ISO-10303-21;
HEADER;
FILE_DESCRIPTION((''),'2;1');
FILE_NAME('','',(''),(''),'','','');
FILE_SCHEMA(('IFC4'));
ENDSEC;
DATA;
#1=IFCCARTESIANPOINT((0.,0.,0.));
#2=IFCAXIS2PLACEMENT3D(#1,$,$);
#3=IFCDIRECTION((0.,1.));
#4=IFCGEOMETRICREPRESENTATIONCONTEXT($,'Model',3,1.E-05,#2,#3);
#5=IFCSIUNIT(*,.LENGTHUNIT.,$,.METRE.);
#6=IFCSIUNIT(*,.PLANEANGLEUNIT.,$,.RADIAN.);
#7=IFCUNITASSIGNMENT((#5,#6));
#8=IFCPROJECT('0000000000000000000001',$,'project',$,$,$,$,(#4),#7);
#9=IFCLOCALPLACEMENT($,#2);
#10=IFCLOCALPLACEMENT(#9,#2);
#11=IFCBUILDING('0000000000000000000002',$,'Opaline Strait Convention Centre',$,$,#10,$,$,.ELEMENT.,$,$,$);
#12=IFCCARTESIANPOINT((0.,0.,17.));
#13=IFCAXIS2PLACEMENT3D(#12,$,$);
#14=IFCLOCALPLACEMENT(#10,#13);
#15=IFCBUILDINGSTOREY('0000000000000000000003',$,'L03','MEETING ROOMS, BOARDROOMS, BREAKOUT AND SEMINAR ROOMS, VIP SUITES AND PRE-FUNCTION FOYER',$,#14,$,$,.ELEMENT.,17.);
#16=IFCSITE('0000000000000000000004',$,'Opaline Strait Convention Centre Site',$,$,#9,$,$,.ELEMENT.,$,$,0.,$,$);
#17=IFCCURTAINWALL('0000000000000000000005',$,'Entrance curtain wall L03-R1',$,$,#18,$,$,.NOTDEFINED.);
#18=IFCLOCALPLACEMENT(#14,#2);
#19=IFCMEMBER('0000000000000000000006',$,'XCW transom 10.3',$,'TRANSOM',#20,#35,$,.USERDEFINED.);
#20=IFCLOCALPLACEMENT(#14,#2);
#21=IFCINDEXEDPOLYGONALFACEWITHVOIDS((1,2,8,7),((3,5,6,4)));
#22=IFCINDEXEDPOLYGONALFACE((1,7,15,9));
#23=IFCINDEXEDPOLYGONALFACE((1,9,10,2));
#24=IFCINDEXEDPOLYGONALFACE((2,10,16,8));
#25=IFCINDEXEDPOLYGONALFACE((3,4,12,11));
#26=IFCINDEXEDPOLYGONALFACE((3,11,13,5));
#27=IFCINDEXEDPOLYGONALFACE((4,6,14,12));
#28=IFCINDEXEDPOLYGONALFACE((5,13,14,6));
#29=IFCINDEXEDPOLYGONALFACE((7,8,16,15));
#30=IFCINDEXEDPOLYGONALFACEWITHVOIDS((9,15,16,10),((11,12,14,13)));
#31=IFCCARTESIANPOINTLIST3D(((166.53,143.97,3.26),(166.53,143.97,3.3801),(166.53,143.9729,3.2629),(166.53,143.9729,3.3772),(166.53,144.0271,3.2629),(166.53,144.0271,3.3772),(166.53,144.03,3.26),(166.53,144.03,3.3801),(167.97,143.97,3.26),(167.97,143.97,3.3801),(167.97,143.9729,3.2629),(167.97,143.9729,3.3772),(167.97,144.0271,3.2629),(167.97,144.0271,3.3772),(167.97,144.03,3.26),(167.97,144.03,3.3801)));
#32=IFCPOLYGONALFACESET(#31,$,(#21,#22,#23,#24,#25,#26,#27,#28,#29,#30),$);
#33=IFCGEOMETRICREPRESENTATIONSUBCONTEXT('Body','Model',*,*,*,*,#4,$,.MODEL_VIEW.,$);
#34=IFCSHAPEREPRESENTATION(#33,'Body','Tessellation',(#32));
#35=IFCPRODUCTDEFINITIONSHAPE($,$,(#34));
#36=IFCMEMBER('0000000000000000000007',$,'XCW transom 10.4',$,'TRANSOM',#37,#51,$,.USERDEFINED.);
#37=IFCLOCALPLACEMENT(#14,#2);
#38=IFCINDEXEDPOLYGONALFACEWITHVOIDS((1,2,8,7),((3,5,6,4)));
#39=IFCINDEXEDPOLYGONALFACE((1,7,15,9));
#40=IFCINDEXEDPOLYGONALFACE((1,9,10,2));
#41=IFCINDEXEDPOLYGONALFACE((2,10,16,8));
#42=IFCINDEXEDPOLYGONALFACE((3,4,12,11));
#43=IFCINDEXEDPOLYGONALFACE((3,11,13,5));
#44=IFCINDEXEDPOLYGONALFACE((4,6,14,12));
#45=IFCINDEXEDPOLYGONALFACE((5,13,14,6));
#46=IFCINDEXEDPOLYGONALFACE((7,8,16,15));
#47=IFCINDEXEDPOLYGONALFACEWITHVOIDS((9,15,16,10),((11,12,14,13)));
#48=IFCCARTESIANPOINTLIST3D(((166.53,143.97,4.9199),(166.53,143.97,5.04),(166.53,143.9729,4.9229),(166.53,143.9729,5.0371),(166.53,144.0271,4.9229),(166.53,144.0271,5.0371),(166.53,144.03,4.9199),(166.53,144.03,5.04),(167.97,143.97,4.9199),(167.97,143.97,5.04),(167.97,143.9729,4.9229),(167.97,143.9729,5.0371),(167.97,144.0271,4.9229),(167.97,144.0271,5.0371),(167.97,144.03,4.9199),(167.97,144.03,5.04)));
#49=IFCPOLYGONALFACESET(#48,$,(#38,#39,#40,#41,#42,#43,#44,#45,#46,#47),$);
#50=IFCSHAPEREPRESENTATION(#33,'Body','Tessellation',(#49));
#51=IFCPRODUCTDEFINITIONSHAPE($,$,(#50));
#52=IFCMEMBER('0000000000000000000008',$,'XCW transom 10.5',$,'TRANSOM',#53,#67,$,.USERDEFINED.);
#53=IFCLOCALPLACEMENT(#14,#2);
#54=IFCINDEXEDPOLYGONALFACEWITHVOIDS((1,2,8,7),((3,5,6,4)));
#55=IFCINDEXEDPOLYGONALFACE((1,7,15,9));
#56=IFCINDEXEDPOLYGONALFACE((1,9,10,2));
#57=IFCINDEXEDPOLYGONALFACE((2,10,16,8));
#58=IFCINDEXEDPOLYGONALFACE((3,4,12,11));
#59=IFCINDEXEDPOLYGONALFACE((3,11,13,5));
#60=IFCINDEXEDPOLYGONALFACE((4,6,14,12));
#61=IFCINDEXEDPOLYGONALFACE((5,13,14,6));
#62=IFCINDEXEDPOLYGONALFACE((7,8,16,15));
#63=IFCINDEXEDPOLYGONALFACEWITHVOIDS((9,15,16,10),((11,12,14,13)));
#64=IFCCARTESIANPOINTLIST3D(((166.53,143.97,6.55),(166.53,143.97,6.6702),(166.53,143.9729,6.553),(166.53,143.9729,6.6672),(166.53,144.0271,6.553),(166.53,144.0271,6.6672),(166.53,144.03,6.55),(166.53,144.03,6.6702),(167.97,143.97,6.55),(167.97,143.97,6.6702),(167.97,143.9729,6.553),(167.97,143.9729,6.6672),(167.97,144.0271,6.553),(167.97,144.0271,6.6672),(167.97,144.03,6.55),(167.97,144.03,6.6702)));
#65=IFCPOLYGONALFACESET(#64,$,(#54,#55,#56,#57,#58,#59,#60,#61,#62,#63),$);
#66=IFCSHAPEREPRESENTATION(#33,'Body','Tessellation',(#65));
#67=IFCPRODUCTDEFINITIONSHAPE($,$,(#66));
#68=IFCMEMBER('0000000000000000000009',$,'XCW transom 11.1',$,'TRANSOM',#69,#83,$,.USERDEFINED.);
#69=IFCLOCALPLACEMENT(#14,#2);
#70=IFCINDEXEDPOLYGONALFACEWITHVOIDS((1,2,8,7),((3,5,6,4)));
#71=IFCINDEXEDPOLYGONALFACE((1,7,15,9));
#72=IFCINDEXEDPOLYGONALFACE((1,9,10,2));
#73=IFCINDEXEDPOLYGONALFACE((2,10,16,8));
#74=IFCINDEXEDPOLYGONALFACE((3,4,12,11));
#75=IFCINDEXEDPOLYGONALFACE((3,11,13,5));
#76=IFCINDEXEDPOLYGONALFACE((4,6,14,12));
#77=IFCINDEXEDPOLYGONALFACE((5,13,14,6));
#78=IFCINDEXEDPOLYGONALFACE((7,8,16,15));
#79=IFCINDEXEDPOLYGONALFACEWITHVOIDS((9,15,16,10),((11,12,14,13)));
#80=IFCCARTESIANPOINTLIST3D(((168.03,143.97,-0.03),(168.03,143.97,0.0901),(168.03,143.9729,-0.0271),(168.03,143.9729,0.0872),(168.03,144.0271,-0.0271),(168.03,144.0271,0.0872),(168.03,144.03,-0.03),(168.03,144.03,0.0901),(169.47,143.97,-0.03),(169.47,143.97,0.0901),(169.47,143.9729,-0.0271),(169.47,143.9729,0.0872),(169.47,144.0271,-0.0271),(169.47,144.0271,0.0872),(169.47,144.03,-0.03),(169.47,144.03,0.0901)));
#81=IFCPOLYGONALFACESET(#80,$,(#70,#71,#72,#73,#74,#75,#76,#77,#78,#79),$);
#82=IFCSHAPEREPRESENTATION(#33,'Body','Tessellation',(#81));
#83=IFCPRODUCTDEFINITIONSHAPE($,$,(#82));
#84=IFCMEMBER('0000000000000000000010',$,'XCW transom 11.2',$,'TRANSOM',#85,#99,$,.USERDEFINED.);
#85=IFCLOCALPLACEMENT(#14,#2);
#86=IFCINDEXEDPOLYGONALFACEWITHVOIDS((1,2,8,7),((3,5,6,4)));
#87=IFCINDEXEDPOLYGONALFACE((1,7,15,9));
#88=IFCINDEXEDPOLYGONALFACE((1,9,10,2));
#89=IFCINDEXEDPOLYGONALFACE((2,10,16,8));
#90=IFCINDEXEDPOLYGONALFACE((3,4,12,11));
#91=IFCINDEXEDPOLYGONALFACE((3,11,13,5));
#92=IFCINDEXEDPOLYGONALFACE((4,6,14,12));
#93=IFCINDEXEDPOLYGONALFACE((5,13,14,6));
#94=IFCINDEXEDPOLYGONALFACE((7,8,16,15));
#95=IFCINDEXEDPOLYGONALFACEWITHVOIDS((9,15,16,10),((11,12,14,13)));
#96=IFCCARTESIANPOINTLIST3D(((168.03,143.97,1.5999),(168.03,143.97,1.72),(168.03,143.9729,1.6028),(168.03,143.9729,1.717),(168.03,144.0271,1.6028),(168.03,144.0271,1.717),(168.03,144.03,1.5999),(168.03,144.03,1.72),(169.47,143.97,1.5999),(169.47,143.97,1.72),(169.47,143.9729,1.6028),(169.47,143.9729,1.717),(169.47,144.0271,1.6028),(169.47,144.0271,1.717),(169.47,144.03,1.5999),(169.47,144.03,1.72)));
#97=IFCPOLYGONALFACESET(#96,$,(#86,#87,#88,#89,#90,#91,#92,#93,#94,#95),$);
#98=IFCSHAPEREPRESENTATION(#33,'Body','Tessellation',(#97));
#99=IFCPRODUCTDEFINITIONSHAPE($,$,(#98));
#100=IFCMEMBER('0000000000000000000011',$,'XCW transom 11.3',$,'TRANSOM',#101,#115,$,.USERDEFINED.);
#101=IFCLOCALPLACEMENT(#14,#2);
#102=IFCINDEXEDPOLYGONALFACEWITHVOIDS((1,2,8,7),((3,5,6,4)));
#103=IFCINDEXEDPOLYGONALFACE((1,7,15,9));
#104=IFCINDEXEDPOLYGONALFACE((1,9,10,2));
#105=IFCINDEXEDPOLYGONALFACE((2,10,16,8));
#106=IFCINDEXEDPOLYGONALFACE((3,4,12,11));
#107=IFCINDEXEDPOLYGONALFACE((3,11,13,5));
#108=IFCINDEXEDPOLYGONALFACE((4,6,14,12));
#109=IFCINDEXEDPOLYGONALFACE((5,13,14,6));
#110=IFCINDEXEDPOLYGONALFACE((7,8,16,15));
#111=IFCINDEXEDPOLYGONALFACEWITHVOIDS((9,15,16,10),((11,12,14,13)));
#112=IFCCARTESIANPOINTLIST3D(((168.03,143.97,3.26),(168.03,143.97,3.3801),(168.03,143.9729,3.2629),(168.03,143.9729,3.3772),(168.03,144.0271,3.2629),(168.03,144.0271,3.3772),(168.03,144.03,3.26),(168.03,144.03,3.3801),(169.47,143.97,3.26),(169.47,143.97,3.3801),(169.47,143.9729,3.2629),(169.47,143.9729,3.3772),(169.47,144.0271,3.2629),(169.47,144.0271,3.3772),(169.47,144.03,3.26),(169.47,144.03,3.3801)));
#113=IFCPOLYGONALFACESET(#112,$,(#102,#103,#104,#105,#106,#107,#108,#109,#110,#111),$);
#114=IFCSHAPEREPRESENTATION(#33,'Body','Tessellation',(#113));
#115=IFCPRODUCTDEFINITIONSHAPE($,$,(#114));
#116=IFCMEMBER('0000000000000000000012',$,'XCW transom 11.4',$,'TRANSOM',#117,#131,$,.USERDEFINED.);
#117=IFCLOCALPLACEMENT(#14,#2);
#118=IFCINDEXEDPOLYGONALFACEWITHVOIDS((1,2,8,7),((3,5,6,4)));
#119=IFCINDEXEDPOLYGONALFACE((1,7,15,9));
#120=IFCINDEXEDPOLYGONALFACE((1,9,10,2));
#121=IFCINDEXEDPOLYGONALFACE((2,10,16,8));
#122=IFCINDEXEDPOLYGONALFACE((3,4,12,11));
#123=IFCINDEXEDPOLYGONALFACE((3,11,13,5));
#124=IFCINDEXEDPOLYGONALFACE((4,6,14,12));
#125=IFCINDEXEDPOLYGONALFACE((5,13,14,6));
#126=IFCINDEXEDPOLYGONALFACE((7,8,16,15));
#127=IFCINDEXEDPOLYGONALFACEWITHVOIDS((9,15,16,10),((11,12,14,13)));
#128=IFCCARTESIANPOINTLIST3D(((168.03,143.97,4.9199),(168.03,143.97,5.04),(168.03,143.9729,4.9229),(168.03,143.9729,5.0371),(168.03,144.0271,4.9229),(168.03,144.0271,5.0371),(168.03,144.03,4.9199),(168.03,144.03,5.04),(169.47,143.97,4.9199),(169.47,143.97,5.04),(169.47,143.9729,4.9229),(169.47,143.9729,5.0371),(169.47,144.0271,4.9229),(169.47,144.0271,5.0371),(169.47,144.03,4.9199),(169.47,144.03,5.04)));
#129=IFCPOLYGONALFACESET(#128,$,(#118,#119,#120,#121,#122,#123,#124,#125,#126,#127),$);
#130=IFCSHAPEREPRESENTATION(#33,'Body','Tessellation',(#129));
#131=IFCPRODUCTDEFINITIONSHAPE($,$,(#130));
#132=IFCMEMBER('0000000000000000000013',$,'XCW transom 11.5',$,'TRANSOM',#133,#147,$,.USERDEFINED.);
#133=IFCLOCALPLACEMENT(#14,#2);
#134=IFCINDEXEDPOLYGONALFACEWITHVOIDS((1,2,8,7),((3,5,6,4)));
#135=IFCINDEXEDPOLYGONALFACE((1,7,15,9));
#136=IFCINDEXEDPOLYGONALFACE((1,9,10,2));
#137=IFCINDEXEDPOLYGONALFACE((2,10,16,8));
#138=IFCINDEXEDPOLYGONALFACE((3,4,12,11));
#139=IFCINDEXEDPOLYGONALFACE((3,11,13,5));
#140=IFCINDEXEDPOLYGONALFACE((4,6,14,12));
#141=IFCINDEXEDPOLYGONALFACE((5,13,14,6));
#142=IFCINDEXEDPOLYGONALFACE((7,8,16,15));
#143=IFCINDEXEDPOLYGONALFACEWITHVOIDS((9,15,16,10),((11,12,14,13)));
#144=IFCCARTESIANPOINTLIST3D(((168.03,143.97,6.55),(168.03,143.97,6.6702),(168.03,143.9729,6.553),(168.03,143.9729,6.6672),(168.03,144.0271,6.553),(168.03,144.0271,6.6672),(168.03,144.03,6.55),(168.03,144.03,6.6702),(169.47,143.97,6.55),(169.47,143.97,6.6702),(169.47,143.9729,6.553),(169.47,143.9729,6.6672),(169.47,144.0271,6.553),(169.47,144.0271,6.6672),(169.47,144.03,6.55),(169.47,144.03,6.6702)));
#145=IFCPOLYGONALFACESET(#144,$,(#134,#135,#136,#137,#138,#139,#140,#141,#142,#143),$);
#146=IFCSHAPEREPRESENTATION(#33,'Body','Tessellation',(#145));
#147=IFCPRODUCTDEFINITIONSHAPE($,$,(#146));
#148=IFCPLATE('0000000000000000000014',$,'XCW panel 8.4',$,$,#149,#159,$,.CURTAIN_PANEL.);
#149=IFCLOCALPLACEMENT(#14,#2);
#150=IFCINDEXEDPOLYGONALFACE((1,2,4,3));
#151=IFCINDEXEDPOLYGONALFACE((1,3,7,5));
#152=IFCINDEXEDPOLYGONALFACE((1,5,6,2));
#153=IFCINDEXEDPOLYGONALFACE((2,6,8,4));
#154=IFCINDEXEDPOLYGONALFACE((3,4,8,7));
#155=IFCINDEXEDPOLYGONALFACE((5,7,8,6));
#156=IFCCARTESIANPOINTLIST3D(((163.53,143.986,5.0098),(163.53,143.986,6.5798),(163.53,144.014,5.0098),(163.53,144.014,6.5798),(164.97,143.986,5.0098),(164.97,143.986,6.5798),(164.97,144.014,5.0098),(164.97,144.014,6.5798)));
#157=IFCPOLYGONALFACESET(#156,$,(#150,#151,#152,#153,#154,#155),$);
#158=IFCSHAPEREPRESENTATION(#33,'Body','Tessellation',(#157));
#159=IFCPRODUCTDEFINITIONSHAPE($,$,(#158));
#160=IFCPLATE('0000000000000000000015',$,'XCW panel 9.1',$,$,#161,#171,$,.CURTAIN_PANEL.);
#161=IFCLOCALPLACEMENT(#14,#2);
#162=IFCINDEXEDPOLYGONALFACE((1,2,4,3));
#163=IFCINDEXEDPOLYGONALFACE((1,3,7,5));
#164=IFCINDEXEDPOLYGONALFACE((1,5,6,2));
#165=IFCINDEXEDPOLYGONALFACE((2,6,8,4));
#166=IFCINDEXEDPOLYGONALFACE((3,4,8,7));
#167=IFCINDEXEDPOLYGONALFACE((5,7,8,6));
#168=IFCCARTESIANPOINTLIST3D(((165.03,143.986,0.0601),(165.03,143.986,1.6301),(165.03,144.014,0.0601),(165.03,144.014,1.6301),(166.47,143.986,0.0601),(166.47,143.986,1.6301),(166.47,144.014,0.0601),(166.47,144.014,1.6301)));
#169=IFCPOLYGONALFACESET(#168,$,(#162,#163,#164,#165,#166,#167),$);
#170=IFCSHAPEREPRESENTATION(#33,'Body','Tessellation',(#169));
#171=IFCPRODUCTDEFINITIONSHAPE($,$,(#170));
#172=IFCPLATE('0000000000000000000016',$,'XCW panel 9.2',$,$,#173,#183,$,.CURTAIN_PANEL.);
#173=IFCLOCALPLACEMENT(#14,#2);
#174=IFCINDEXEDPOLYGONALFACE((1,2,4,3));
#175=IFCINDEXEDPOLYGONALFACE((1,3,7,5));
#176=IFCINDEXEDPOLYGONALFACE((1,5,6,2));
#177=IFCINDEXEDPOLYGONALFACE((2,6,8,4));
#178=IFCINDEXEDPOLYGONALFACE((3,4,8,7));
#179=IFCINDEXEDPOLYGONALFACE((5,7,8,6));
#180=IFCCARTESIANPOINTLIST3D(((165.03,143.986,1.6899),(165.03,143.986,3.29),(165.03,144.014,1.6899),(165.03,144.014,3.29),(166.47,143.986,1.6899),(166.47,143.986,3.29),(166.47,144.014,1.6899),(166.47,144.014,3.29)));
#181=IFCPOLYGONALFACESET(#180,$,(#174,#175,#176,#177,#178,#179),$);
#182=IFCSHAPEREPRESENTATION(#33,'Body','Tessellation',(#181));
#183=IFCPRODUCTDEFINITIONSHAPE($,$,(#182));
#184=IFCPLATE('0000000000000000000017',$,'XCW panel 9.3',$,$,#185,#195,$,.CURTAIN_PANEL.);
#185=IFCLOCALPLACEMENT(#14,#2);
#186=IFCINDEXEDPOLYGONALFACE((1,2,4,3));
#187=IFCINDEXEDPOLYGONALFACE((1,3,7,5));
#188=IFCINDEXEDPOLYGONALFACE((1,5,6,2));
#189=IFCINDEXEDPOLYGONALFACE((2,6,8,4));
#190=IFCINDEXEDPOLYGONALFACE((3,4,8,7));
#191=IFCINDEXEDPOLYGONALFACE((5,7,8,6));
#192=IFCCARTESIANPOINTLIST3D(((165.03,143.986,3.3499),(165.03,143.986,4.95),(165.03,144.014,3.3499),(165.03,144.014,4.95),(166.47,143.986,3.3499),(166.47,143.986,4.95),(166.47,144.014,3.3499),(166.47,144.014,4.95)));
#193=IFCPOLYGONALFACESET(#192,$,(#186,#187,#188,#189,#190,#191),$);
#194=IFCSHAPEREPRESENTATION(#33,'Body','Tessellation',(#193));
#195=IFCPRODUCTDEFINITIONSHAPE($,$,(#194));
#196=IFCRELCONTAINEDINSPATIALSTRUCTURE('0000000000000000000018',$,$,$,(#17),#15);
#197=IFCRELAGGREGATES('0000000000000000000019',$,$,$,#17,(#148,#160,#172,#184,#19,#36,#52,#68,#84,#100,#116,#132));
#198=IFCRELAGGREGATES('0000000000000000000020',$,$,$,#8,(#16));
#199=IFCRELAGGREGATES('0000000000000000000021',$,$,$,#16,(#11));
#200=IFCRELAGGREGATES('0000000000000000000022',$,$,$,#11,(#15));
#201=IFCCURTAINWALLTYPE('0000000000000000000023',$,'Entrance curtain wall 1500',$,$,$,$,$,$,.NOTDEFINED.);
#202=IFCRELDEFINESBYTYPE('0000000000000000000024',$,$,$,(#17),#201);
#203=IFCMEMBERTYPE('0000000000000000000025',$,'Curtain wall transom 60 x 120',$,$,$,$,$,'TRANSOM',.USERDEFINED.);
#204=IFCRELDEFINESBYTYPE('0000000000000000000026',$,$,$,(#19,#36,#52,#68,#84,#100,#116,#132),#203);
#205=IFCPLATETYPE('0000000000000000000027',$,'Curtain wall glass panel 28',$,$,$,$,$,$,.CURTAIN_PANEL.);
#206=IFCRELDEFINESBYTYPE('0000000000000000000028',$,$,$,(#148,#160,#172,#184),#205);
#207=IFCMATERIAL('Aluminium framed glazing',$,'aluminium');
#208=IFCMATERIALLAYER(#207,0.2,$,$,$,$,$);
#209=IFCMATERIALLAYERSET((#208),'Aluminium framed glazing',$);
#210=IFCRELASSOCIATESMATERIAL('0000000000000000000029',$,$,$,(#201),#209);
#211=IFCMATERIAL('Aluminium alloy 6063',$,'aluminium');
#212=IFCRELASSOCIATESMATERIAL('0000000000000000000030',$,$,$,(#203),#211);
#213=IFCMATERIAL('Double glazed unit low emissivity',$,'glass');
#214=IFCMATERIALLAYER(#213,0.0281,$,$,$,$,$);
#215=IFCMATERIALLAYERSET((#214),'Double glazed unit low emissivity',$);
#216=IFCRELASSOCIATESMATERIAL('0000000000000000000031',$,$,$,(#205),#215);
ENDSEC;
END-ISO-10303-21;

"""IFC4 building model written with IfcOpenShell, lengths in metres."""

from ifc_helpers import new_model, si_unit, direction, frame, origin, origin_2d, place, context, subcontext, project, spatial, rectangle, hollow_rectangle, extrude, material, layer, layer_set, material_profile, profile_set, type_object, element, aggregate, save


model = new_model("IFC4")

# Units and contexts
model_context = context("Model", 3, precision=1e-05, world=origin(), true_north=direction((0.0, 1.0)))
body_context = subcontext(model_context, "Body", "Model", "MODEL_VIEW")
ifc_project = project(units=[si_unit("LENGTHUNIT", "METRE"), si_unit("PLANEANGLEUNIT", "RADIAN")], contexts=[model_context])

# Site, building, storey
site_placement = place(None, origin())
site = spatial("IfcSite", under=ifc_project, at=site_placement, Name="Opaline Strait Convention Centre Site", CompositionType="ELEMENT", RefElevation=0.0)
building_placement = place(site_placement, origin())
building = spatial("IfcBuilding", under=site, at=building_placement, Name="Opaline Strait Convention Centre", CompositionType="ELEMENT")
storey_placement = place(building_placement, frame((0.0, 0.0, 17.0)))
storey = spatial("IfcBuildingStorey", under=building, at=storey_placement, Name="L03", Description="MEETING ROOMS, BOARDROOMS, BREAKOUT AND SEMINAR ROOMS, VIP SUITES AND PRE-FUNCTION FOYER", CompositionType="ELEMENT", Elevation=17.0)

# Curtain wall, members, plates
ifc_material_1 = material(Name="Aluminium framed glazing", Category="aluminium")
ifc_layer_1 = layer(ifc_material_1, 0.2)
ifc_layer_set_1 = layer_set([ifc_layer_1], Name="Aluminium framed glazing")
curtain_wall_type = type_object("IfcCurtainWallType", Name="Entrance curtain wall 1500", PredefinedType="NOTDEFINED", material=ifc_layer_set_1)
curtain_wall_placement = place(storey_placement, origin())
curtain_wall = element("IfcCurtainWall", 1, at=curtain_wall_placement, inside=storey, type_object=curtain_wall_type, Name="Entrance curtain wall L03-R1", PredefinedType="NOTDEFINED")
ifc_material_2 = material(Name="Aluminium alloy 6063", Category="aluminium")
ifc_material_profile_1 = material_profile(ifc_material_2, hollow_rectangle(XDim=0.0601, YDim=0.1201, WallThickness=0.0029, at=origin_2d()), Name="TRANSOM 60x120x3")
ifc_profile_set_1 = profile_set([ifc_material_profile_1], Name="Aluminium alloy 6063")
member_type_1 = type_object("IfcMemberType", Name="Curtain wall transom 60 x 120", ElementType="TRANSOM", PredefinedType="USERDEFINED", material=ifc_profile_set_1)
member_1_placement = place(storey_placement, frame((166.53, 144.0, 3.3201), z_axis=(1.0, 0.0, 0.0), x_axis=(0.0, 1.0, 0.0)))
member_1 = element("IfcMember", 2, at=member_1_placement, type_object=member_type_1, Name="XCW transom 10.3", ObjectType="TRANSOM", PredefinedType="USERDEFINED", context=body_context, shape_type="SweptSolid", body=[
    extrude(hollow_rectangle(XDim=0.0601, YDim=0.1201, WallThickness=0.0029, at=origin_2d()), origin(), (0.0, 0.0, 1.0), 1.4399),
])
member_2_placement = place(storey_placement, frame((166.53, 144.0, 4.98), z_axis=(1.0, 0.0, 0.0), x_axis=(0.0, 1.0, 0.0)))
member_2 = element("IfcMember", 3, at=member_2_placement, type_object=member_type_1, Name="XCW transom 10.4", ObjectType="TRANSOM", PredefinedType="USERDEFINED", context=body_context, shape_type="SweptSolid", body=[
    extrude(hollow_rectangle(XDim=0.0601, YDim=0.1201, WallThickness=0.0029, at=origin_2d()), origin(), (0.0, 0.0, 1.0), 1.4399),
])
member_3_placement = place(storey_placement, frame((166.53, 144.0, 6.6101), z_axis=(1.0, 0.0, 0.0), x_axis=(0.0, 1.0, 0.0)))
member_3 = element("IfcMember", 4, at=member_3_placement, type_object=member_type_1, Name="XCW transom 10.5", ObjectType="TRANSOM", PredefinedType="USERDEFINED", context=body_context, shape_type="SweptSolid", body=[
    extrude(hollow_rectangle(XDim=0.0601, YDim=0.1201, WallThickness=0.0029, at=origin_2d()), origin(), (0.0, 0.0, 1.0), 1.4399),
])
member_4_placement = place(storey_placement, frame((168.03, 144.0, 0.03), z_axis=(1.0, 0.0, 0.0), x_axis=(0.0, 1.0, 0.0)))
member_4 = element("IfcMember", 5, at=member_4_placement, type_object=member_type_1, Name="XCW transom 11.1", ObjectType="TRANSOM", PredefinedType="USERDEFINED", context=body_context, shape_type="SweptSolid", body=[
    extrude(hollow_rectangle(XDim=0.0601, YDim=0.1201, WallThickness=0.0029, at=origin_2d()), origin(), (0.0, 0.0, 1.0), 1.4399),
])
member_5_placement = place(storey_placement, frame((168.03, 144.0, 1.6599), z_axis=(1.0, 0.0, 0.0), x_axis=(0.0, 1.0, 0.0)))
member_5 = element("IfcMember", 6, at=member_5_placement, type_object=member_type_1, Name="XCW transom 11.2", ObjectType="TRANSOM", PredefinedType="USERDEFINED", context=body_context, shape_type="SweptSolid", body=[
    extrude(hollow_rectangle(XDim=0.0601, YDim=0.1201, WallThickness=0.0029, at=origin_2d()), origin(), (0.0, 0.0, 1.0), 1.4399),
])
member_6_placement = place(storey_placement, frame((168.03, 144.0, 3.3201), z_axis=(1.0, 0.0, 0.0), x_axis=(0.0, 1.0, 0.0)))
member_6 = element("IfcMember", 7, at=member_6_placement, type_object=member_type_1, Name="XCW transom 11.3", ObjectType="TRANSOM", PredefinedType="USERDEFINED", context=body_context, shape_type="SweptSolid", body=[
    extrude(hollow_rectangle(XDim=0.0601, YDim=0.1201, WallThickness=0.0029, at=origin_2d()), origin(), (0.0, 0.0, 1.0), 1.4399),
])
member_7_placement = place(storey_placement, frame((168.03, 144.0, 4.98), z_axis=(1.0, 0.0, 0.0), x_axis=(0.0, 1.0, 0.0)))
member_7 = element("IfcMember", 8, at=member_7_placement, type_object=member_type_1, Name="XCW transom 11.4", ObjectType="TRANSOM", PredefinedType="USERDEFINED", context=body_context, shape_type="SweptSolid", body=[
    extrude(hollow_rectangle(XDim=0.0601, YDim=0.1201, WallThickness=0.0029, at=origin_2d()), origin(), (0.0, 0.0, 1.0), 1.4399),
])
member_8_placement = place(storey_placement, frame((168.03, 144.0, 6.6101), z_axis=(1.0, 0.0, 0.0), x_axis=(0.0, 1.0, 0.0)))
member_8 = element("IfcMember", 9, at=member_8_placement, type_object=member_type_1, Name="XCW transom 11.5", ObjectType="TRANSOM", PredefinedType="USERDEFINED", context=body_context, shape_type="SweptSolid", body=[
    extrude(hollow_rectangle(XDim=0.0601, YDim=0.1201, WallThickness=0.0029, at=origin_2d()), origin(), (0.0, 0.0, 1.0), 1.4399),
])
ifc_material_3 = material(Name="Double glazed unit low emissivity", Category="glass")
ifc_layer_2 = layer(ifc_material_3, 0.0281)
ifc_layer_set_2 = layer_set([ifc_layer_2], Name="Double glazed unit low emissivity")
plate_type = type_object("IfcPlateType", Name="Curtain wall glass panel 28", PredefinedType="CURTAIN_PANEL", material=ifc_layer_set_2)
plate_1_placement = place(storey_placement, frame((164.25, 144.0, 5.0098), z_axis=(0.0, 0.0, 1.0), x_axis=(1.0, 0.0, 0.0)))
plate_1 = element("IfcPlate", 10, at=plate_1_placement, type_object=plate_type, Name="XCW panel 8.4", PredefinedType="CURTAIN_PANEL", context=body_context, shape_type="SweptSolid", body=[
    extrude(rectangle(XDim=1.4399, YDim=0.0281, at=origin_2d()), origin(), (0.0, 0.0, 1.0), 1.5701),
])
plate_2_placement = place(storey_placement, frame((165.75, 144.0, 0.0601), z_axis=(0.0, 0.0, 1.0), x_axis=(1.0, 0.0, 0.0)))
plate_2 = element("IfcPlate", 11, at=plate_2_placement, type_object=plate_type, Name="XCW panel 9.1", PredefinedType="CURTAIN_PANEL", context=body_context, shape_type="SweptSolid", body=[
    extrude(rectangle(XDim=1.4399, YDim=0.0281, at=origin_2d()), origin(), (0.0, 0.0, 1.0), 1.5701),
])
plate_3_placement = place(storey_placement, frame((165.75, 144.0, 1.6899), z_axis=(0.0, 0.0, 1.0), x_axis=(1.0, 0.0, 0.0)))
plate_3 = element("IfcPlate", 12, at=plate_3_placement, type_object=plate_type, Name="XCW panel 9.2", PredefinedType="CURTAIN_PANEL", context=body_context, shape_type="SweptSolid", body=[
    extrude(rectangle(XDim=1.4399, YDim=0.0281, at=origin_2d()), origin(), (0.0, 0.0, 1.0), 1.6001),
])
plate_4_placement = place(storey_placement, frame((165.75, 144.0, 3.3499), z_axis=(0.0, 0.0, 1.0), x_axis=(1.0, 0.0, 0.0)))
plate_4 = element("IfcPlate", 13, at=plate_4_placement, type_object=plate_type, Name="XCW panel 9.3", PredefinedType="CURTAIN_PANEL", context=body_context, shape_type="SweptSolid", body=[
    extrude(rectangle(XDim=1.4399, YDim=0.0281, at=origin_2d()), origin(), (0.0, 0.0, 1.0), 1.6001),
])
aggregate(curtain_wall, [plate_1, plate_2, plate_3, plate_4, member_1, member_2, member_3, member_4, member_5, member_6, member_7, member_8])

save(model, "model.ifc")
